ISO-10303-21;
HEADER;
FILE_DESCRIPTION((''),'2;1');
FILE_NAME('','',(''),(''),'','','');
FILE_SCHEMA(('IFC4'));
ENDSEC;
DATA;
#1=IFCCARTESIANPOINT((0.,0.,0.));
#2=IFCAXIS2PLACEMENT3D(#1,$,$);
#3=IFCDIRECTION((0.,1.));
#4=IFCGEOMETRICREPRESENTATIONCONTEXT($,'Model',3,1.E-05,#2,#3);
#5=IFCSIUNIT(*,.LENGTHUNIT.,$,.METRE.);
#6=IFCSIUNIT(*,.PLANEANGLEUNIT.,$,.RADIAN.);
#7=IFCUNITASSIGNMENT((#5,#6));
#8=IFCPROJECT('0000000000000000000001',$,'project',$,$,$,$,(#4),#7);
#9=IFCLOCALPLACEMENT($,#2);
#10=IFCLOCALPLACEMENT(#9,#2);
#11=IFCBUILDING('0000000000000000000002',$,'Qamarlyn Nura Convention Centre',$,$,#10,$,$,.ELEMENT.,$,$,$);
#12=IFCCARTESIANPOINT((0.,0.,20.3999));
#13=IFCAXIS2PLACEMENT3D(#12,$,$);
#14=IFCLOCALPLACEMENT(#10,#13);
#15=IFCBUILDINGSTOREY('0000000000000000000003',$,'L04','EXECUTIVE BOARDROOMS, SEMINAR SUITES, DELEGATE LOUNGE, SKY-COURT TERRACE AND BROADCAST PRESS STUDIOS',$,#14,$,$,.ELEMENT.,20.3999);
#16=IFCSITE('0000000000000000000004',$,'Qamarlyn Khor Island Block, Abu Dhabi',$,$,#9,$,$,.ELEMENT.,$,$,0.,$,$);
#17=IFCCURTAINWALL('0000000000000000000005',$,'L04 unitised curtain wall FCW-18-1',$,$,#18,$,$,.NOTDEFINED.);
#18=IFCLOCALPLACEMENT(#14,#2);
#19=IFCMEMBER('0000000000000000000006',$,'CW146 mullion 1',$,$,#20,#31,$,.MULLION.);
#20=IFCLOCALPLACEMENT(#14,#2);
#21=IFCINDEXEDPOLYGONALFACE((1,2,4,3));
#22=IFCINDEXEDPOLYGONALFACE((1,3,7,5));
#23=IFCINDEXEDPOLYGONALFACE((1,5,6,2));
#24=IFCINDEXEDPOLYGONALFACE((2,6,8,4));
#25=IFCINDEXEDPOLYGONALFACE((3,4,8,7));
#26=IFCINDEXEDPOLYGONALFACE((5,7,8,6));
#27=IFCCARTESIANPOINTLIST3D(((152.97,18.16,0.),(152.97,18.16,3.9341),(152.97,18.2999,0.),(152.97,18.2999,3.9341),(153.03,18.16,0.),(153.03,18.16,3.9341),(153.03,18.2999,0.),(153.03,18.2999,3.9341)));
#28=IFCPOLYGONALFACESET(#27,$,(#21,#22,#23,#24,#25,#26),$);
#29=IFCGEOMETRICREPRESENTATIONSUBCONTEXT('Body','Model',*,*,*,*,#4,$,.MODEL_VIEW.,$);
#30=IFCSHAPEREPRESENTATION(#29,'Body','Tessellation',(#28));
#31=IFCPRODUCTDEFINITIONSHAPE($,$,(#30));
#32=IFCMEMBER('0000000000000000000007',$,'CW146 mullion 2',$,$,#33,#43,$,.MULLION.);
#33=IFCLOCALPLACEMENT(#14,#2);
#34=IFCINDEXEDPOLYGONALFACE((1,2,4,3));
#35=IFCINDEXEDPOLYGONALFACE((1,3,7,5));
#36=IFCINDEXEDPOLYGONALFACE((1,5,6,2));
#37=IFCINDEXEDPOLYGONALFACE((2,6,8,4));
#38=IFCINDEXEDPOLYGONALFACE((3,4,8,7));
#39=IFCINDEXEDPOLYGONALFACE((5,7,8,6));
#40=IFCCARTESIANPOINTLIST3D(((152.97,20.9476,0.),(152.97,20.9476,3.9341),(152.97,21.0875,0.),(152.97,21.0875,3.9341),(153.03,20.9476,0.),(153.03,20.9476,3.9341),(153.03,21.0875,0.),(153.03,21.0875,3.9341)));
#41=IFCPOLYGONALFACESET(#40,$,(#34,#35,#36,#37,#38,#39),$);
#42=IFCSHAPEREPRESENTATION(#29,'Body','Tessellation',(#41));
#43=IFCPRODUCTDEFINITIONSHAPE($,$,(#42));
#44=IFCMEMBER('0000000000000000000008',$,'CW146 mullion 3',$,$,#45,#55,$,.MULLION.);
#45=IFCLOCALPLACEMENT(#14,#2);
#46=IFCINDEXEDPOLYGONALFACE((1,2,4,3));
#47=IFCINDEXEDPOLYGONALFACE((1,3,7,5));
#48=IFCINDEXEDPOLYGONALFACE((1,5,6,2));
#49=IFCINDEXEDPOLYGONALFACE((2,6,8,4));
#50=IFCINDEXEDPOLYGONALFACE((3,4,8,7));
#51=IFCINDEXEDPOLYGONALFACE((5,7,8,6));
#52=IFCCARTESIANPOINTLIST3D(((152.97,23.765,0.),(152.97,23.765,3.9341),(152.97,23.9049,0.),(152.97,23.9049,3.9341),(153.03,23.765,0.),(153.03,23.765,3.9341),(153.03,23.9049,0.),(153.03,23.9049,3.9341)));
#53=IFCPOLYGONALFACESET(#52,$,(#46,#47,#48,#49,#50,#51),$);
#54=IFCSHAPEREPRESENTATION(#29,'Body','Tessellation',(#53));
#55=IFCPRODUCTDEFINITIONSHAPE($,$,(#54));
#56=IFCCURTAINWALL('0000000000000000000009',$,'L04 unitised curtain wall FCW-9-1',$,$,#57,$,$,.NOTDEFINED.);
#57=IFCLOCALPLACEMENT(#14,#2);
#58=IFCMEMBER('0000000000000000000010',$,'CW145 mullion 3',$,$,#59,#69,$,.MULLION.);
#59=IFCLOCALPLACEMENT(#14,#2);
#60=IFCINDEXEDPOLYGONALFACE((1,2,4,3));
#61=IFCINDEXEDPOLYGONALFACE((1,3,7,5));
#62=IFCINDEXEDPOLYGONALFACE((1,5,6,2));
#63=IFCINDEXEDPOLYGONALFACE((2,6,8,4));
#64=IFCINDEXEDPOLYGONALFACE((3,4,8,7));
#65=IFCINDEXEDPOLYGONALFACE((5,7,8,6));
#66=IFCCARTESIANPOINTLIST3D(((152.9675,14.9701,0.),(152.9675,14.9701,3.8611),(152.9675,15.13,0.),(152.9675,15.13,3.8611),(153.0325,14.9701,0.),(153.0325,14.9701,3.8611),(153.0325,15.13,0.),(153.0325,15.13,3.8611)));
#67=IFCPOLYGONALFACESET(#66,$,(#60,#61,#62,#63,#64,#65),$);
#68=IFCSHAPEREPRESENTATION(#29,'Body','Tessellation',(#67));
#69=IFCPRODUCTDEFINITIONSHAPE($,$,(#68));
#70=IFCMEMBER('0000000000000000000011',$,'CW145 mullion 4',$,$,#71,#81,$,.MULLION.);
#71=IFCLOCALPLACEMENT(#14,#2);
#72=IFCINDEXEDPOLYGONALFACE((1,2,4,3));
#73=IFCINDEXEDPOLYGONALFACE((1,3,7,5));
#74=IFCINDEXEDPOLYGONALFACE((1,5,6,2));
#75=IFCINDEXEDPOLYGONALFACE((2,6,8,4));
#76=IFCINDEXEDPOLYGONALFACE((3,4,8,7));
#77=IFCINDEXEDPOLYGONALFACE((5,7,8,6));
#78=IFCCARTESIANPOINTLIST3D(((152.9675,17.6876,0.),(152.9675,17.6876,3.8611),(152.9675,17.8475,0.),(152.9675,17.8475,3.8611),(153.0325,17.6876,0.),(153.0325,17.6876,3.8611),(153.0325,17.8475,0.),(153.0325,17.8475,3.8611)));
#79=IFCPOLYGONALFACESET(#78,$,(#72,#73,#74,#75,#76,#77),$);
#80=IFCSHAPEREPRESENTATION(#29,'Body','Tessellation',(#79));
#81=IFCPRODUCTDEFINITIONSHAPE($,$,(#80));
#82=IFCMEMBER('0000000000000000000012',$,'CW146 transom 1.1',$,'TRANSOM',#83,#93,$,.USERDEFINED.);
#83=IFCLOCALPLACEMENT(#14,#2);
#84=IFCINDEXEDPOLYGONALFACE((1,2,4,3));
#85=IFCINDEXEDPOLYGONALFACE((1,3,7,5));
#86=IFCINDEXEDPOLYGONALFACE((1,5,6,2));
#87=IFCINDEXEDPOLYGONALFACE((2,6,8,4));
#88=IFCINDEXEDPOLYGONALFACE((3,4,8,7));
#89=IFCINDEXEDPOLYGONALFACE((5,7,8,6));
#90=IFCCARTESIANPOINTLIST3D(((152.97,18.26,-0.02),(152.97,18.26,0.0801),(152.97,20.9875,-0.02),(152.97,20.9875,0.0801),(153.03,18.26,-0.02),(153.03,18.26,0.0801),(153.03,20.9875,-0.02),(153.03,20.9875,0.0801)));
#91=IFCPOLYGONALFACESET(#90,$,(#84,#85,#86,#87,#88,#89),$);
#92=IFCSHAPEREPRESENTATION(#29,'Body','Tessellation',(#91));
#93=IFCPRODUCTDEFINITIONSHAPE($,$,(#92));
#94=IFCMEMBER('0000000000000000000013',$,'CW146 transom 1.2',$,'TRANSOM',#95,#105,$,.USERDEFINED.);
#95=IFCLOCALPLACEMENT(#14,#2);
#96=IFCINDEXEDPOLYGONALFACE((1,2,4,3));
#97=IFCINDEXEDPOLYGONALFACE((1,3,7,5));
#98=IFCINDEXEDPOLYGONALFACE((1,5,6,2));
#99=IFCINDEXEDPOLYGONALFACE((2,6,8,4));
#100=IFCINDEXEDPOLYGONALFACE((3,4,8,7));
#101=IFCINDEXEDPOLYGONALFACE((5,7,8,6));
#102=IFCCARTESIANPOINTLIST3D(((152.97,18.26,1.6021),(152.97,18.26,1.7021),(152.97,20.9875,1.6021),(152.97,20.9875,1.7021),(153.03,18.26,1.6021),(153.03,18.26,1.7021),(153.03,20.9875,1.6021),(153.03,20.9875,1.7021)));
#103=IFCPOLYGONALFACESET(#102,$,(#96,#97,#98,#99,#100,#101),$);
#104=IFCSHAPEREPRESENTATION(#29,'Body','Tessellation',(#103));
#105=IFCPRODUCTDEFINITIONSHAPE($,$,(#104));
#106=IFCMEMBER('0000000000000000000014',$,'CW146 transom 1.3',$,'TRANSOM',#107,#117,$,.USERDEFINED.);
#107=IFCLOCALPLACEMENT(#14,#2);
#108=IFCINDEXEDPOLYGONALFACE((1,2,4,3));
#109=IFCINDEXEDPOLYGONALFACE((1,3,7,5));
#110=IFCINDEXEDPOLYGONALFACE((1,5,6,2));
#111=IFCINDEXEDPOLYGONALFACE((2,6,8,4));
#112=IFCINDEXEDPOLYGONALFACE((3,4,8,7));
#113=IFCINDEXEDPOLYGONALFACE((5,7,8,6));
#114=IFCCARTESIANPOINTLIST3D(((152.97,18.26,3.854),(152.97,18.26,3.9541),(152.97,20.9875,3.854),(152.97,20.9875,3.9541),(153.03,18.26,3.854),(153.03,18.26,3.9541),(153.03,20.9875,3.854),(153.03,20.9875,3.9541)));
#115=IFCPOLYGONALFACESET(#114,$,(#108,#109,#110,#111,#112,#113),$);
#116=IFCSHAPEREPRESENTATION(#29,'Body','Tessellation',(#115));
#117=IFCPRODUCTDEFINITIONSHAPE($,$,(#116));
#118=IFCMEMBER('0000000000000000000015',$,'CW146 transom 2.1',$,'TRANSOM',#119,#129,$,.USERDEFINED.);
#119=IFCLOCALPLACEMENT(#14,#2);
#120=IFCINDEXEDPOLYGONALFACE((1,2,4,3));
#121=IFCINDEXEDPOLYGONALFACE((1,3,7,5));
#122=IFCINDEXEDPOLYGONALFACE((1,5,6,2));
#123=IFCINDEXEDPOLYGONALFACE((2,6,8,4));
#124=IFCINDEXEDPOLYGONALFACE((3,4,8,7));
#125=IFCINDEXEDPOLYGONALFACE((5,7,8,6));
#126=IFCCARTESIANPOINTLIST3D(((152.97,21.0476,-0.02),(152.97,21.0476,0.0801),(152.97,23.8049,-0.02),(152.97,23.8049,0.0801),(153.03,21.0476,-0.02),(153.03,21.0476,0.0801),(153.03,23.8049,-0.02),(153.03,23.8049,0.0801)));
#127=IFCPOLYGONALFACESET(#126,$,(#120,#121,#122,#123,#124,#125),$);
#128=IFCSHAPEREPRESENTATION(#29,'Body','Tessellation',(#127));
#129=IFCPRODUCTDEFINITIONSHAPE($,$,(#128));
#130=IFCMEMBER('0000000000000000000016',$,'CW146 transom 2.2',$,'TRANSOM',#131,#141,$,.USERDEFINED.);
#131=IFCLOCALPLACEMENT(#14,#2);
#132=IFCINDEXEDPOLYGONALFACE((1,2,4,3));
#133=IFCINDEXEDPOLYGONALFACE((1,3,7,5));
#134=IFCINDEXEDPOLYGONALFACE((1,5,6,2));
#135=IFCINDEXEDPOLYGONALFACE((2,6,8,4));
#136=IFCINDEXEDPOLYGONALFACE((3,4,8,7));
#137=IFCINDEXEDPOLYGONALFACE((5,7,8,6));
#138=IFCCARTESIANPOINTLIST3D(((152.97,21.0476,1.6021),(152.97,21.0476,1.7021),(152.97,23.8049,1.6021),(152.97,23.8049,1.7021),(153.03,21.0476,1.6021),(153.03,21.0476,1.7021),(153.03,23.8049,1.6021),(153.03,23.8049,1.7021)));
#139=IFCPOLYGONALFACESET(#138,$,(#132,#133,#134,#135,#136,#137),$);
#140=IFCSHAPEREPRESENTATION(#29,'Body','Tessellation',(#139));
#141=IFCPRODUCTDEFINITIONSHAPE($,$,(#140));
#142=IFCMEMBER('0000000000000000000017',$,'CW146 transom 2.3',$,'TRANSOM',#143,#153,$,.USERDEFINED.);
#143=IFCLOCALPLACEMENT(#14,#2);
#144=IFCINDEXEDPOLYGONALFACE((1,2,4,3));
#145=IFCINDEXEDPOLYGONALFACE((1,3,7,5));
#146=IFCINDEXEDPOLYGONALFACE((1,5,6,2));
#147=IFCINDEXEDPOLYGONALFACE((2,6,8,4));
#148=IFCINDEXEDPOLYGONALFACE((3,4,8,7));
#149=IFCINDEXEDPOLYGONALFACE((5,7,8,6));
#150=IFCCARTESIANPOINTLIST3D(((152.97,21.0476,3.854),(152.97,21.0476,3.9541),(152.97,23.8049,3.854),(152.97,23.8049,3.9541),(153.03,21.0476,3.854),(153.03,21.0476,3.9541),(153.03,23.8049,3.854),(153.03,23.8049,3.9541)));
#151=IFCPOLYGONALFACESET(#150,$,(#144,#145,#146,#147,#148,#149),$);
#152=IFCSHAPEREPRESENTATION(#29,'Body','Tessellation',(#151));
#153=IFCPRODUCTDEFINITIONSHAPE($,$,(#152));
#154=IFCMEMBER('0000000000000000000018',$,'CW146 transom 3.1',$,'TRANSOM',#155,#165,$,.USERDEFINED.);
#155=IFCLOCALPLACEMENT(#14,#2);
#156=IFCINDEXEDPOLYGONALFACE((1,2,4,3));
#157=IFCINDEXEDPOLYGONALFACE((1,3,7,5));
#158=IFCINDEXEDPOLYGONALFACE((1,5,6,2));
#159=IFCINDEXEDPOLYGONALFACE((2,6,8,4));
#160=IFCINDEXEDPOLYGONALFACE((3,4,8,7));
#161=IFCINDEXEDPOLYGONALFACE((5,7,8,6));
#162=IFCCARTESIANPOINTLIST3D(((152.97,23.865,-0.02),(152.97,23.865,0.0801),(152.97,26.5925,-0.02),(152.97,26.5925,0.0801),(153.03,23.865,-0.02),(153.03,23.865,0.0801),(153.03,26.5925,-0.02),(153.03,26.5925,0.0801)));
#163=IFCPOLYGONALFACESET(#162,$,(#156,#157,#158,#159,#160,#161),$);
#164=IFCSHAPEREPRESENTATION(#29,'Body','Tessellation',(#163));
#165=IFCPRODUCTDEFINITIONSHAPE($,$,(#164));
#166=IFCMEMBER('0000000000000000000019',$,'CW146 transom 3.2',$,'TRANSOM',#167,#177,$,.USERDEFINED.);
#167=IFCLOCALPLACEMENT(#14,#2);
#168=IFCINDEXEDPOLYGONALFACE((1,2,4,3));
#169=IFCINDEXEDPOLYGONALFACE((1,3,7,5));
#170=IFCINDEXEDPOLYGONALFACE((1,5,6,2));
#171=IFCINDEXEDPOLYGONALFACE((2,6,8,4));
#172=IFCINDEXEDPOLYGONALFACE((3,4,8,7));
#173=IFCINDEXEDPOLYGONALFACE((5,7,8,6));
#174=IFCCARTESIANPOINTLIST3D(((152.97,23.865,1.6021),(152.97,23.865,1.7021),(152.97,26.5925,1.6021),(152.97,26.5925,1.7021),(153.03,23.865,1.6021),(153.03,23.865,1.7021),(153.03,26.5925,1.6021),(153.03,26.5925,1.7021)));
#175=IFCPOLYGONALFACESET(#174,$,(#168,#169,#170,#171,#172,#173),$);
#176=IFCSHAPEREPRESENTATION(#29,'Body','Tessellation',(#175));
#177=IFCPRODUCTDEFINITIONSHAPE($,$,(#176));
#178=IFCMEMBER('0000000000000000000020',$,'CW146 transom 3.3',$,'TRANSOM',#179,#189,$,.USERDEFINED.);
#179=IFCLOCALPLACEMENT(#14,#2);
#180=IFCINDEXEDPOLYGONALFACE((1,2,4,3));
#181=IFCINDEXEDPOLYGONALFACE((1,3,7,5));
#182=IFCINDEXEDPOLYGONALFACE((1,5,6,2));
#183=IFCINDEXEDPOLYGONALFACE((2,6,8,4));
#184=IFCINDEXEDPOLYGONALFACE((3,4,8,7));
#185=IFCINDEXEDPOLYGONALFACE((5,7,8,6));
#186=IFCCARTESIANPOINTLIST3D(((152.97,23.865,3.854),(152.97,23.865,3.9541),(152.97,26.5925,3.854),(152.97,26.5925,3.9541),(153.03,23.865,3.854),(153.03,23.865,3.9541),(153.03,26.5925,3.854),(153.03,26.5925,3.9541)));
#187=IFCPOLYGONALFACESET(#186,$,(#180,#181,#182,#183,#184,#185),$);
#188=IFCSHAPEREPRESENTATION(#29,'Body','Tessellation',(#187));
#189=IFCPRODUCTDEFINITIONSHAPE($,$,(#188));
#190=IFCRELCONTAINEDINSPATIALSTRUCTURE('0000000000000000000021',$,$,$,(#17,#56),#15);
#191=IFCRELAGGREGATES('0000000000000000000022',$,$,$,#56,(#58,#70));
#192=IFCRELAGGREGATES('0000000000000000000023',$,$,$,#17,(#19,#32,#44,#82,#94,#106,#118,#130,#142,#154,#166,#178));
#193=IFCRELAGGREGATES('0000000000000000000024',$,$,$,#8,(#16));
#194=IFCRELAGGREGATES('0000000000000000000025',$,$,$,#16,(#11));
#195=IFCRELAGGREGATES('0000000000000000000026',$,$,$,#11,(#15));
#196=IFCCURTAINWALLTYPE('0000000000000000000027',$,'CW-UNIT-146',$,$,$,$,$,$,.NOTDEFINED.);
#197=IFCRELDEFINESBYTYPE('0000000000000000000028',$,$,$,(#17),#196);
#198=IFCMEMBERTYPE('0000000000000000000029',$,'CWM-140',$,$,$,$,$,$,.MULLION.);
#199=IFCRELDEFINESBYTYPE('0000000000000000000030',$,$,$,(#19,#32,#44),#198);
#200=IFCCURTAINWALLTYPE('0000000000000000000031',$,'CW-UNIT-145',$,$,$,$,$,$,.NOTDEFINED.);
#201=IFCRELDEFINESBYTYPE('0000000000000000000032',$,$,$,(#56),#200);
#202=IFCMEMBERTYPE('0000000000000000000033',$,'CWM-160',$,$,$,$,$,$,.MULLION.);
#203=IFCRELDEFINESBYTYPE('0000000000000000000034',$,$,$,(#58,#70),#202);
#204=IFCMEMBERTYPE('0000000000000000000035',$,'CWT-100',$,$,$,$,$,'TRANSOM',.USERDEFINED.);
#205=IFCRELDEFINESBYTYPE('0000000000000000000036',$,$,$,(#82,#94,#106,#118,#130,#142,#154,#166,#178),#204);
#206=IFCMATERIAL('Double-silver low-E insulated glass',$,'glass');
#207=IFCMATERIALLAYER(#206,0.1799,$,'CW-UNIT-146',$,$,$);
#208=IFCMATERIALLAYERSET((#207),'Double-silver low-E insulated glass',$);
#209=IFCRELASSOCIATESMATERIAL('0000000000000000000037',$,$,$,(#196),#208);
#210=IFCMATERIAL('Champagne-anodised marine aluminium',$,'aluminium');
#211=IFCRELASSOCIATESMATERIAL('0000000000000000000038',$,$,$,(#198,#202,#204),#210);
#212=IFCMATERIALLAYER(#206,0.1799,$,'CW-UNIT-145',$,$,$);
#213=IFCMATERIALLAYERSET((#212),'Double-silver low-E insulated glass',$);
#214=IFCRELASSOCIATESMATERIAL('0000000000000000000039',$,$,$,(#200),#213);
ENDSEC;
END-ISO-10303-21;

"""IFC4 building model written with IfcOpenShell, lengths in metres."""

from ifc_helpers import new_model, si_unit, direction, frame, origin, origin_2d, place, context, subcontext, project, spatial, rectangle, extrude, material, layer, layer_set, material_profile, profile_set, type_object, element, aggregate, save


model = new_model("IFC4")

# Units and contexts
model_context = context("Model", 3, precision=1e-05, world=origin(), true_north=direction((0.0, 1.0)))
body_context = subcontext(model_context, "Body", "Model", "MODEL_VIEW")
ifc_project = project(units=[si_unit("LENGTHUNIT", "METRE"), si_unit("PLANEANGLEUNIT", "RADIAN")], contexts=[model_context])

# Site, building, storey
site_placement = place(None, origin())
site = spatial("IfcSite", under=ifc_project, at=site_placement, Name="Qamarlyn Khor Island Block, Abu Dhabi", CompositionType="ELEMENT", RefElevation=0.0)
building_placement = place(site_placement, origin())
building = spatial("IfcBuilding", under=site, at=building_placement, Name="Qamarlyn Nura Convention Centre", CompositionType="ELEMENT")
storey_placement = place(building_placement, frame((0.0, 0.0, 20.3999)))
storey = spatial("IfcBuildingStorey", under=building, at=storey_placement, Name="L04", Description="EXECUTIVE BOARDROOMS, SEMINAR SUITES, DELEGATE LOUNGE, SKY-COURT TERRACE AND BROADCAST PRESS STUDIOS", CompositionType="ELEMENT", Elevation=20.3999)

# Curtain walls, members
ifc_material_1 = material(Name="Double-silver low-E insulated glass", Category="glass")
ifc_layer_1 = layer(ifc_material_1, 0.1799, Name="CW-UNIT-146")
ifc_layer_set_1 = layer_set([ifc_layer_1], Name="Double-silver low-E insulated glass")
curtain_wall_type_1 = type_object("IfcCurtainWallType", Name="CW-UNIT-146", PredefinedType="NOTDEFINED", material=ifc_layer_set_1)
curtain_wall_1_placement = place(storey_placement, origin())
curtain_wall_1 = element("IfcCurtainWall", 1, at=curtain_wall_1_placement, inside=storey, type_object=curtain_wall_type_1, Name="L04 unitised curtain wall FCW-18-1", PredefinedType="NOTDEFINED")
ifc_material_2 = material(Name="Champagne-anodised marine aluminium", Category="aluminium")
ifc_material_profile_1 = material_profile(ifc_material_2, rectangle(XDim=0.0601, YDim=0.1399, at=origin_2d()), Name="ALU MULLION 60x140")
ifc_profile_set_1 = profile_set([ifc_material_profile_1], Name="Champagne-anodised marine aluminium")
member_type_1 = type_object("IfcMemberType", Name="CWM-140", PredefinedType="MULLION", material=ifc_profile_set_1)
member_1_placement = place(storey_placement, frame((153.0, 18.23, 0.0), z_axis=(0.0, 0.0, 1.0), x_axis=(-1.0, 0.0, 0.0)))
member_1 = element("IfcMember", 2, at=member_1_placement, type_object=member_type_1, Name="CW146 mullion 1", PredefinedType="MULLION", context=body_context, shape_type="SweptSolid", body=[
    extrude(rectangle(XDim=0.0601, YDim=0.1399, at=origin_2d()), origin(), (0.0, 0.0, 1.0), 3.9341),
])
member_2_placement = place(storey_placement, frame((153.0, 21.0176, 0.0), z_axis=(0.0, 0.0, 1.0), x_axis=(-1.0, 0.0, 0.0)))
member_2 = element("IfcMember", 3, at=member_2_placement, type_object=member_type_1, Name="CW146 mullion 2", PredefinedType="MULLION", context=body_context, shape_type="SweptSolid", body=[
    extrude(rectangle(XDim=0.0601, YDim=0.1399, at=origin_2d()), origin(), (0.0, 0.0, 1.0), 3.9341),
])
member_3_placement = place(storey_placement, frame((153.0, 23.835, 0.0), z_axis=(0.0, 0.0, 1.0), x_axis=(-1.0, 0.0, 0.0)))
member_3 = element("IfcMember", 4, at=member_3_placement, type_object=member_type_1, Name="CW146 mullion 3", PredefinedType="MULLION", context=body_context, shape_type="SweptSolid", body=[
    extrude(rectangle(XDim=0.0601, YDim=0.1399, at=origin_2d()), origin(), (0.0, 0.0, 1.0), 3.9341),
])
ifc_layer_2 = layer(ifc_material_1, 0.1799, Name="CW-UNIT-145")
ifc_layer_set_2 = layer_set([ifc_layer_2], Name="Double-silver low-E insulated glass")
curtain_wall_type_2 = type_object("IfcCurtainWallType", Name="CW-UNIT-145", PredefinedType="NOTDEFINED", material=ifc_layer_set_2)
curtain_wall_2_placement = place(storey_placement, origin())
curtain_wall_2 = element("IfcCurtainWall", 5, at=curtain_wall_2_placement, inside=storey, type_object=curtain_wall_type_2, Name="L04 unitised curtain wall FCW-9-1", PredefinedType="NOTDEFINED")
ifc_material_profile_2 = material_profile(ifc_material_2, rectangle(XDim=0.0649, YDim=0.1599, at=origin_2d()), Name="ALU MULLION 65x160")
ifc_profile_set_2 = profile_set([ifc_material_profile_2], Name="Champagne-anodised marine aluminium")
member_type_2 = type_object("IfcMemberType", Name="CWM-160", PredefinedType="MULLION", material=ifc_profile_set_2)
member_4_placement = place(storey_placement, frame((153.0, 15.05, 0.0), z_axis=(0.0, 0.0, 1.0), x_axis=(-1.0, 0.0, 0.0)))
member_4 = element("IfcMember", 6, at=member_4_placement, type_object=member_type_2, Name="CW145 mullion 3", PredefinedType="MULLION", context=body_context, shape_type="SweptSolid", body=[
    extrude(rectangle(XDim=0.0649, YDim=0.1599, at=origin_2d()), origin(), (0.0, 0.0, 1.0), 3.8611),
])
member_5_placement = place(storey_placement, frame((153.0, 17.7676, 0.0), z_axis=(0.0, 0.0, 1.0), x_axis=(-1.0, 0.0, 0.0)))
member_5 = element("IfcMember", 7, at=member_5_placement, type_object=member_type_2, Name="CW145 mullion 4", PredefinedType="MULLION", context=body_context, shape_type="SweptSolid", body=[
    extrude(rectangle(XDim=0.0649, YDim=0.1599, at=origin_2d()), origin(), (0.0, 0.0, 1.0), 3.8611),
])

# Members
ifc_material_profile_3 = material_profile(ifc_material_2, rectangle(XDim=0.0601, YDim=0.1001, at=origin_2d()), Name="ALU TRANSOM 60x100")
ifc_profile_set_3 = profile_set([ifc_material_profile_3], Name="Champagne-anodised marine aluminium")
member_type_3 = type_object("IfcMemberType", Name="CWT-100", ElementType="TRANSOM", PredefinedType="USERDEFINED", material=ifc_profile_set_3)
member_6_placement = place(storey_placement, frame((153.0, 18.26, 0.03), z_axis=(0.0, 1.0, 0.0), x_axis=(-1.0, 0.0, 0.0)))
member_6 = element("IfcMember", 8, at=member_6_placement, type_object=member_type_3, Name="CW146 transom 1.1", ObjectType="TRANSOM", PredefinedType="USERDEFINED", context=body_context, shape_type="SweptSolid", body=[
    extrude(rectangle(XDim=0.0601, YDim=0.1001, at=origin_2d()), origin(), (0.0, 0.0, 1.0), 2.7275),
])
member_7_placement = place(storey_placement, frame((153.0, 18.26, 1.6521), z_axis=(0.0, 1.0, 0.0), x_axis=(-1.0, 0.0, 0.0)))
member_7 = element("IfcMember", 9, at=member_7_placement, type_object=member_type_3, Name="CW146 transom 1.2", ObjectType="TRANSOM", PredefinedType="USERDEFINED", context=body_context, shape_type="SweptSolid", body=[
    extrude(rectangle(XDim=0.0601, YDim=0.1001, at=origin_2d()), origin(), (0.0, 0.0, 1.0), 2.7275),
])
member_8_placement = place(storey_placement, frame((153.0, 18.26, 3.9041), z_axis=(0.0, 1.0, 0.0), x_axis=(-1.0, 0.0, 0.0)))
member_8 = element("IfcMember", 10, at=member_8_placement, type_object=member_type_3, Name="CW146 transom 1.3", ObjectType="TRANSOM", PredefinedType="USERDEFINED", context=body_context, shape_type="SweptSolid", body=[
    extrude(rectangle(XDim=0.0601, YDim=0.1001, at=origin_2d()), origin(), (0.0, 0.0, 1.0), 2.7275),
])
member_9_placement = place(storey_placement, frame((153.0, 21.0476, 0.03), z_axis=(0.0, 1.0, 0.0), x_axis=(-1.0, 0.0, 0.0)))
member_9 = element("IfcMember", 11, at=member_9_placement, type_object=member_type_3, Name="CW146 transom 2.1", ObjectType="TRANSOM", PredefinedType="USERDEFINED", context=body_context, shape_type="SweptSolid", body=[
    extrude(rectangle(XDim=0.0601, YDim=0.1001, at=origin_2d()), origin(), (0.0, 0.0, 1.0), 2.7573),
])
member_10_placement = place(storey_placement, frame((153.0, 21.0476, 1.6521), z_axis=(0.0, 1.0, 0.0), x_axis=(-1.0, 0.0, 0.0)))
member_10 = element("IfcMember", 12, at=member_10_placement, type_object=member_type_3, Name="CW146 transom 2.2", ObjectType="TRANSOM", PredefinedType="USERDEFINED", context=body_context, shape_type="SweptSolid", body=[
    extrude(rectangle(XDim=0.0601, YDim=0.1001, at=origin_2d()), origin(), (0.0, 0.0, 1.0), 2.7573),
])
member_11_placement = place(storey_placement, frame((153.0, 21.0476, 3.9041), z_axis=(0.0, 1.0, 0.0), x_axis=(-1.0, 0.0, 0.0)))
member_11 = element("IfcMember", 13, at=member_11_placement, type_object=member_type_3, Name="CW146 transom 2.3", ObjectType="TRANSOM", PredefinedType="USERDEFINED", context=body_context, shape_type="SweptSolid", body=[
    extrude(rectangle(XDim=0.0601, YDim=0.1001, at=origin_2d()), origin(), (0.0, 0.0, 1.0), 2.7573),
])
member_12_placement = place(storey_placement, frame((153.0, 23.865, 0.03), z_axis=(0.0, 1.0, 0.0), x_axis=(-1.0, 0.0, 0.0)))
member_12 = element("IfcMember", 14, at=member_12_placement, type_object=member_type_3, Name="CW146 transom 3.1", ObjectType="TRANSOM", PredefinedType="USERDEFINED", context=body_context, shape_type="SweptSolid", body=[
    extrude(rectangle(XDim=0.0601, YDim=0.1001, at=origin_2d()), origin(), (0.0, 0.0, 1.0), 2.7275),
])
member_13_placement = place(storey_placement, frame((153.0, 23.865, 1.6521), z_axis=(0.0, 1.0, 0.0), x_axis=(-1.0, 0.0, 0.0)))
member_13 = element("IfcMember", 15, at=member_13_placement, type_object=member_type_3, Name="CW146 transom 3.2", ObjectType="TRANSOM", PredefinedType="USERDEFINED", context=body_context, shape_type="SweptSolid", body=[
    extrude(rectangle(XDim=0.0601, YDim=0.1001, at=origin_2d()), origin(), (0.0, 0.0, 1.0), 2.7275),
])
member_14_placement = place(storey_placement, frame((153.0, 23.865, 3.9041), z_axis=(0.0, 1.0, 0.0), x_axis=(-1.0, 0.0, 0.0)))
member_14 = element("IfcMember", 16, at=member_14_placement, type_object=member_type_3, Name="CW146 transom 3.3", ObjectType="TRANSOM", PredefinedType="USERDEFINED", context=body_context, shape_type="SweptSolid", body=[
    extrude(rectangle(XDim=0.0601, YDim=0.1001, at=origin_2d()), origin(), (0.0, 0.0, 1.0), 2.7275),
])

aggregate(curtain_wall_2, [member_4, member_5])
aggregate(curtain_wall_1, [member_1, member_2, member_3, member_6, member_7, member_8, member_9, member_10, member_11, member_12, member_13, member_14])

save(model, "model.ifc")
